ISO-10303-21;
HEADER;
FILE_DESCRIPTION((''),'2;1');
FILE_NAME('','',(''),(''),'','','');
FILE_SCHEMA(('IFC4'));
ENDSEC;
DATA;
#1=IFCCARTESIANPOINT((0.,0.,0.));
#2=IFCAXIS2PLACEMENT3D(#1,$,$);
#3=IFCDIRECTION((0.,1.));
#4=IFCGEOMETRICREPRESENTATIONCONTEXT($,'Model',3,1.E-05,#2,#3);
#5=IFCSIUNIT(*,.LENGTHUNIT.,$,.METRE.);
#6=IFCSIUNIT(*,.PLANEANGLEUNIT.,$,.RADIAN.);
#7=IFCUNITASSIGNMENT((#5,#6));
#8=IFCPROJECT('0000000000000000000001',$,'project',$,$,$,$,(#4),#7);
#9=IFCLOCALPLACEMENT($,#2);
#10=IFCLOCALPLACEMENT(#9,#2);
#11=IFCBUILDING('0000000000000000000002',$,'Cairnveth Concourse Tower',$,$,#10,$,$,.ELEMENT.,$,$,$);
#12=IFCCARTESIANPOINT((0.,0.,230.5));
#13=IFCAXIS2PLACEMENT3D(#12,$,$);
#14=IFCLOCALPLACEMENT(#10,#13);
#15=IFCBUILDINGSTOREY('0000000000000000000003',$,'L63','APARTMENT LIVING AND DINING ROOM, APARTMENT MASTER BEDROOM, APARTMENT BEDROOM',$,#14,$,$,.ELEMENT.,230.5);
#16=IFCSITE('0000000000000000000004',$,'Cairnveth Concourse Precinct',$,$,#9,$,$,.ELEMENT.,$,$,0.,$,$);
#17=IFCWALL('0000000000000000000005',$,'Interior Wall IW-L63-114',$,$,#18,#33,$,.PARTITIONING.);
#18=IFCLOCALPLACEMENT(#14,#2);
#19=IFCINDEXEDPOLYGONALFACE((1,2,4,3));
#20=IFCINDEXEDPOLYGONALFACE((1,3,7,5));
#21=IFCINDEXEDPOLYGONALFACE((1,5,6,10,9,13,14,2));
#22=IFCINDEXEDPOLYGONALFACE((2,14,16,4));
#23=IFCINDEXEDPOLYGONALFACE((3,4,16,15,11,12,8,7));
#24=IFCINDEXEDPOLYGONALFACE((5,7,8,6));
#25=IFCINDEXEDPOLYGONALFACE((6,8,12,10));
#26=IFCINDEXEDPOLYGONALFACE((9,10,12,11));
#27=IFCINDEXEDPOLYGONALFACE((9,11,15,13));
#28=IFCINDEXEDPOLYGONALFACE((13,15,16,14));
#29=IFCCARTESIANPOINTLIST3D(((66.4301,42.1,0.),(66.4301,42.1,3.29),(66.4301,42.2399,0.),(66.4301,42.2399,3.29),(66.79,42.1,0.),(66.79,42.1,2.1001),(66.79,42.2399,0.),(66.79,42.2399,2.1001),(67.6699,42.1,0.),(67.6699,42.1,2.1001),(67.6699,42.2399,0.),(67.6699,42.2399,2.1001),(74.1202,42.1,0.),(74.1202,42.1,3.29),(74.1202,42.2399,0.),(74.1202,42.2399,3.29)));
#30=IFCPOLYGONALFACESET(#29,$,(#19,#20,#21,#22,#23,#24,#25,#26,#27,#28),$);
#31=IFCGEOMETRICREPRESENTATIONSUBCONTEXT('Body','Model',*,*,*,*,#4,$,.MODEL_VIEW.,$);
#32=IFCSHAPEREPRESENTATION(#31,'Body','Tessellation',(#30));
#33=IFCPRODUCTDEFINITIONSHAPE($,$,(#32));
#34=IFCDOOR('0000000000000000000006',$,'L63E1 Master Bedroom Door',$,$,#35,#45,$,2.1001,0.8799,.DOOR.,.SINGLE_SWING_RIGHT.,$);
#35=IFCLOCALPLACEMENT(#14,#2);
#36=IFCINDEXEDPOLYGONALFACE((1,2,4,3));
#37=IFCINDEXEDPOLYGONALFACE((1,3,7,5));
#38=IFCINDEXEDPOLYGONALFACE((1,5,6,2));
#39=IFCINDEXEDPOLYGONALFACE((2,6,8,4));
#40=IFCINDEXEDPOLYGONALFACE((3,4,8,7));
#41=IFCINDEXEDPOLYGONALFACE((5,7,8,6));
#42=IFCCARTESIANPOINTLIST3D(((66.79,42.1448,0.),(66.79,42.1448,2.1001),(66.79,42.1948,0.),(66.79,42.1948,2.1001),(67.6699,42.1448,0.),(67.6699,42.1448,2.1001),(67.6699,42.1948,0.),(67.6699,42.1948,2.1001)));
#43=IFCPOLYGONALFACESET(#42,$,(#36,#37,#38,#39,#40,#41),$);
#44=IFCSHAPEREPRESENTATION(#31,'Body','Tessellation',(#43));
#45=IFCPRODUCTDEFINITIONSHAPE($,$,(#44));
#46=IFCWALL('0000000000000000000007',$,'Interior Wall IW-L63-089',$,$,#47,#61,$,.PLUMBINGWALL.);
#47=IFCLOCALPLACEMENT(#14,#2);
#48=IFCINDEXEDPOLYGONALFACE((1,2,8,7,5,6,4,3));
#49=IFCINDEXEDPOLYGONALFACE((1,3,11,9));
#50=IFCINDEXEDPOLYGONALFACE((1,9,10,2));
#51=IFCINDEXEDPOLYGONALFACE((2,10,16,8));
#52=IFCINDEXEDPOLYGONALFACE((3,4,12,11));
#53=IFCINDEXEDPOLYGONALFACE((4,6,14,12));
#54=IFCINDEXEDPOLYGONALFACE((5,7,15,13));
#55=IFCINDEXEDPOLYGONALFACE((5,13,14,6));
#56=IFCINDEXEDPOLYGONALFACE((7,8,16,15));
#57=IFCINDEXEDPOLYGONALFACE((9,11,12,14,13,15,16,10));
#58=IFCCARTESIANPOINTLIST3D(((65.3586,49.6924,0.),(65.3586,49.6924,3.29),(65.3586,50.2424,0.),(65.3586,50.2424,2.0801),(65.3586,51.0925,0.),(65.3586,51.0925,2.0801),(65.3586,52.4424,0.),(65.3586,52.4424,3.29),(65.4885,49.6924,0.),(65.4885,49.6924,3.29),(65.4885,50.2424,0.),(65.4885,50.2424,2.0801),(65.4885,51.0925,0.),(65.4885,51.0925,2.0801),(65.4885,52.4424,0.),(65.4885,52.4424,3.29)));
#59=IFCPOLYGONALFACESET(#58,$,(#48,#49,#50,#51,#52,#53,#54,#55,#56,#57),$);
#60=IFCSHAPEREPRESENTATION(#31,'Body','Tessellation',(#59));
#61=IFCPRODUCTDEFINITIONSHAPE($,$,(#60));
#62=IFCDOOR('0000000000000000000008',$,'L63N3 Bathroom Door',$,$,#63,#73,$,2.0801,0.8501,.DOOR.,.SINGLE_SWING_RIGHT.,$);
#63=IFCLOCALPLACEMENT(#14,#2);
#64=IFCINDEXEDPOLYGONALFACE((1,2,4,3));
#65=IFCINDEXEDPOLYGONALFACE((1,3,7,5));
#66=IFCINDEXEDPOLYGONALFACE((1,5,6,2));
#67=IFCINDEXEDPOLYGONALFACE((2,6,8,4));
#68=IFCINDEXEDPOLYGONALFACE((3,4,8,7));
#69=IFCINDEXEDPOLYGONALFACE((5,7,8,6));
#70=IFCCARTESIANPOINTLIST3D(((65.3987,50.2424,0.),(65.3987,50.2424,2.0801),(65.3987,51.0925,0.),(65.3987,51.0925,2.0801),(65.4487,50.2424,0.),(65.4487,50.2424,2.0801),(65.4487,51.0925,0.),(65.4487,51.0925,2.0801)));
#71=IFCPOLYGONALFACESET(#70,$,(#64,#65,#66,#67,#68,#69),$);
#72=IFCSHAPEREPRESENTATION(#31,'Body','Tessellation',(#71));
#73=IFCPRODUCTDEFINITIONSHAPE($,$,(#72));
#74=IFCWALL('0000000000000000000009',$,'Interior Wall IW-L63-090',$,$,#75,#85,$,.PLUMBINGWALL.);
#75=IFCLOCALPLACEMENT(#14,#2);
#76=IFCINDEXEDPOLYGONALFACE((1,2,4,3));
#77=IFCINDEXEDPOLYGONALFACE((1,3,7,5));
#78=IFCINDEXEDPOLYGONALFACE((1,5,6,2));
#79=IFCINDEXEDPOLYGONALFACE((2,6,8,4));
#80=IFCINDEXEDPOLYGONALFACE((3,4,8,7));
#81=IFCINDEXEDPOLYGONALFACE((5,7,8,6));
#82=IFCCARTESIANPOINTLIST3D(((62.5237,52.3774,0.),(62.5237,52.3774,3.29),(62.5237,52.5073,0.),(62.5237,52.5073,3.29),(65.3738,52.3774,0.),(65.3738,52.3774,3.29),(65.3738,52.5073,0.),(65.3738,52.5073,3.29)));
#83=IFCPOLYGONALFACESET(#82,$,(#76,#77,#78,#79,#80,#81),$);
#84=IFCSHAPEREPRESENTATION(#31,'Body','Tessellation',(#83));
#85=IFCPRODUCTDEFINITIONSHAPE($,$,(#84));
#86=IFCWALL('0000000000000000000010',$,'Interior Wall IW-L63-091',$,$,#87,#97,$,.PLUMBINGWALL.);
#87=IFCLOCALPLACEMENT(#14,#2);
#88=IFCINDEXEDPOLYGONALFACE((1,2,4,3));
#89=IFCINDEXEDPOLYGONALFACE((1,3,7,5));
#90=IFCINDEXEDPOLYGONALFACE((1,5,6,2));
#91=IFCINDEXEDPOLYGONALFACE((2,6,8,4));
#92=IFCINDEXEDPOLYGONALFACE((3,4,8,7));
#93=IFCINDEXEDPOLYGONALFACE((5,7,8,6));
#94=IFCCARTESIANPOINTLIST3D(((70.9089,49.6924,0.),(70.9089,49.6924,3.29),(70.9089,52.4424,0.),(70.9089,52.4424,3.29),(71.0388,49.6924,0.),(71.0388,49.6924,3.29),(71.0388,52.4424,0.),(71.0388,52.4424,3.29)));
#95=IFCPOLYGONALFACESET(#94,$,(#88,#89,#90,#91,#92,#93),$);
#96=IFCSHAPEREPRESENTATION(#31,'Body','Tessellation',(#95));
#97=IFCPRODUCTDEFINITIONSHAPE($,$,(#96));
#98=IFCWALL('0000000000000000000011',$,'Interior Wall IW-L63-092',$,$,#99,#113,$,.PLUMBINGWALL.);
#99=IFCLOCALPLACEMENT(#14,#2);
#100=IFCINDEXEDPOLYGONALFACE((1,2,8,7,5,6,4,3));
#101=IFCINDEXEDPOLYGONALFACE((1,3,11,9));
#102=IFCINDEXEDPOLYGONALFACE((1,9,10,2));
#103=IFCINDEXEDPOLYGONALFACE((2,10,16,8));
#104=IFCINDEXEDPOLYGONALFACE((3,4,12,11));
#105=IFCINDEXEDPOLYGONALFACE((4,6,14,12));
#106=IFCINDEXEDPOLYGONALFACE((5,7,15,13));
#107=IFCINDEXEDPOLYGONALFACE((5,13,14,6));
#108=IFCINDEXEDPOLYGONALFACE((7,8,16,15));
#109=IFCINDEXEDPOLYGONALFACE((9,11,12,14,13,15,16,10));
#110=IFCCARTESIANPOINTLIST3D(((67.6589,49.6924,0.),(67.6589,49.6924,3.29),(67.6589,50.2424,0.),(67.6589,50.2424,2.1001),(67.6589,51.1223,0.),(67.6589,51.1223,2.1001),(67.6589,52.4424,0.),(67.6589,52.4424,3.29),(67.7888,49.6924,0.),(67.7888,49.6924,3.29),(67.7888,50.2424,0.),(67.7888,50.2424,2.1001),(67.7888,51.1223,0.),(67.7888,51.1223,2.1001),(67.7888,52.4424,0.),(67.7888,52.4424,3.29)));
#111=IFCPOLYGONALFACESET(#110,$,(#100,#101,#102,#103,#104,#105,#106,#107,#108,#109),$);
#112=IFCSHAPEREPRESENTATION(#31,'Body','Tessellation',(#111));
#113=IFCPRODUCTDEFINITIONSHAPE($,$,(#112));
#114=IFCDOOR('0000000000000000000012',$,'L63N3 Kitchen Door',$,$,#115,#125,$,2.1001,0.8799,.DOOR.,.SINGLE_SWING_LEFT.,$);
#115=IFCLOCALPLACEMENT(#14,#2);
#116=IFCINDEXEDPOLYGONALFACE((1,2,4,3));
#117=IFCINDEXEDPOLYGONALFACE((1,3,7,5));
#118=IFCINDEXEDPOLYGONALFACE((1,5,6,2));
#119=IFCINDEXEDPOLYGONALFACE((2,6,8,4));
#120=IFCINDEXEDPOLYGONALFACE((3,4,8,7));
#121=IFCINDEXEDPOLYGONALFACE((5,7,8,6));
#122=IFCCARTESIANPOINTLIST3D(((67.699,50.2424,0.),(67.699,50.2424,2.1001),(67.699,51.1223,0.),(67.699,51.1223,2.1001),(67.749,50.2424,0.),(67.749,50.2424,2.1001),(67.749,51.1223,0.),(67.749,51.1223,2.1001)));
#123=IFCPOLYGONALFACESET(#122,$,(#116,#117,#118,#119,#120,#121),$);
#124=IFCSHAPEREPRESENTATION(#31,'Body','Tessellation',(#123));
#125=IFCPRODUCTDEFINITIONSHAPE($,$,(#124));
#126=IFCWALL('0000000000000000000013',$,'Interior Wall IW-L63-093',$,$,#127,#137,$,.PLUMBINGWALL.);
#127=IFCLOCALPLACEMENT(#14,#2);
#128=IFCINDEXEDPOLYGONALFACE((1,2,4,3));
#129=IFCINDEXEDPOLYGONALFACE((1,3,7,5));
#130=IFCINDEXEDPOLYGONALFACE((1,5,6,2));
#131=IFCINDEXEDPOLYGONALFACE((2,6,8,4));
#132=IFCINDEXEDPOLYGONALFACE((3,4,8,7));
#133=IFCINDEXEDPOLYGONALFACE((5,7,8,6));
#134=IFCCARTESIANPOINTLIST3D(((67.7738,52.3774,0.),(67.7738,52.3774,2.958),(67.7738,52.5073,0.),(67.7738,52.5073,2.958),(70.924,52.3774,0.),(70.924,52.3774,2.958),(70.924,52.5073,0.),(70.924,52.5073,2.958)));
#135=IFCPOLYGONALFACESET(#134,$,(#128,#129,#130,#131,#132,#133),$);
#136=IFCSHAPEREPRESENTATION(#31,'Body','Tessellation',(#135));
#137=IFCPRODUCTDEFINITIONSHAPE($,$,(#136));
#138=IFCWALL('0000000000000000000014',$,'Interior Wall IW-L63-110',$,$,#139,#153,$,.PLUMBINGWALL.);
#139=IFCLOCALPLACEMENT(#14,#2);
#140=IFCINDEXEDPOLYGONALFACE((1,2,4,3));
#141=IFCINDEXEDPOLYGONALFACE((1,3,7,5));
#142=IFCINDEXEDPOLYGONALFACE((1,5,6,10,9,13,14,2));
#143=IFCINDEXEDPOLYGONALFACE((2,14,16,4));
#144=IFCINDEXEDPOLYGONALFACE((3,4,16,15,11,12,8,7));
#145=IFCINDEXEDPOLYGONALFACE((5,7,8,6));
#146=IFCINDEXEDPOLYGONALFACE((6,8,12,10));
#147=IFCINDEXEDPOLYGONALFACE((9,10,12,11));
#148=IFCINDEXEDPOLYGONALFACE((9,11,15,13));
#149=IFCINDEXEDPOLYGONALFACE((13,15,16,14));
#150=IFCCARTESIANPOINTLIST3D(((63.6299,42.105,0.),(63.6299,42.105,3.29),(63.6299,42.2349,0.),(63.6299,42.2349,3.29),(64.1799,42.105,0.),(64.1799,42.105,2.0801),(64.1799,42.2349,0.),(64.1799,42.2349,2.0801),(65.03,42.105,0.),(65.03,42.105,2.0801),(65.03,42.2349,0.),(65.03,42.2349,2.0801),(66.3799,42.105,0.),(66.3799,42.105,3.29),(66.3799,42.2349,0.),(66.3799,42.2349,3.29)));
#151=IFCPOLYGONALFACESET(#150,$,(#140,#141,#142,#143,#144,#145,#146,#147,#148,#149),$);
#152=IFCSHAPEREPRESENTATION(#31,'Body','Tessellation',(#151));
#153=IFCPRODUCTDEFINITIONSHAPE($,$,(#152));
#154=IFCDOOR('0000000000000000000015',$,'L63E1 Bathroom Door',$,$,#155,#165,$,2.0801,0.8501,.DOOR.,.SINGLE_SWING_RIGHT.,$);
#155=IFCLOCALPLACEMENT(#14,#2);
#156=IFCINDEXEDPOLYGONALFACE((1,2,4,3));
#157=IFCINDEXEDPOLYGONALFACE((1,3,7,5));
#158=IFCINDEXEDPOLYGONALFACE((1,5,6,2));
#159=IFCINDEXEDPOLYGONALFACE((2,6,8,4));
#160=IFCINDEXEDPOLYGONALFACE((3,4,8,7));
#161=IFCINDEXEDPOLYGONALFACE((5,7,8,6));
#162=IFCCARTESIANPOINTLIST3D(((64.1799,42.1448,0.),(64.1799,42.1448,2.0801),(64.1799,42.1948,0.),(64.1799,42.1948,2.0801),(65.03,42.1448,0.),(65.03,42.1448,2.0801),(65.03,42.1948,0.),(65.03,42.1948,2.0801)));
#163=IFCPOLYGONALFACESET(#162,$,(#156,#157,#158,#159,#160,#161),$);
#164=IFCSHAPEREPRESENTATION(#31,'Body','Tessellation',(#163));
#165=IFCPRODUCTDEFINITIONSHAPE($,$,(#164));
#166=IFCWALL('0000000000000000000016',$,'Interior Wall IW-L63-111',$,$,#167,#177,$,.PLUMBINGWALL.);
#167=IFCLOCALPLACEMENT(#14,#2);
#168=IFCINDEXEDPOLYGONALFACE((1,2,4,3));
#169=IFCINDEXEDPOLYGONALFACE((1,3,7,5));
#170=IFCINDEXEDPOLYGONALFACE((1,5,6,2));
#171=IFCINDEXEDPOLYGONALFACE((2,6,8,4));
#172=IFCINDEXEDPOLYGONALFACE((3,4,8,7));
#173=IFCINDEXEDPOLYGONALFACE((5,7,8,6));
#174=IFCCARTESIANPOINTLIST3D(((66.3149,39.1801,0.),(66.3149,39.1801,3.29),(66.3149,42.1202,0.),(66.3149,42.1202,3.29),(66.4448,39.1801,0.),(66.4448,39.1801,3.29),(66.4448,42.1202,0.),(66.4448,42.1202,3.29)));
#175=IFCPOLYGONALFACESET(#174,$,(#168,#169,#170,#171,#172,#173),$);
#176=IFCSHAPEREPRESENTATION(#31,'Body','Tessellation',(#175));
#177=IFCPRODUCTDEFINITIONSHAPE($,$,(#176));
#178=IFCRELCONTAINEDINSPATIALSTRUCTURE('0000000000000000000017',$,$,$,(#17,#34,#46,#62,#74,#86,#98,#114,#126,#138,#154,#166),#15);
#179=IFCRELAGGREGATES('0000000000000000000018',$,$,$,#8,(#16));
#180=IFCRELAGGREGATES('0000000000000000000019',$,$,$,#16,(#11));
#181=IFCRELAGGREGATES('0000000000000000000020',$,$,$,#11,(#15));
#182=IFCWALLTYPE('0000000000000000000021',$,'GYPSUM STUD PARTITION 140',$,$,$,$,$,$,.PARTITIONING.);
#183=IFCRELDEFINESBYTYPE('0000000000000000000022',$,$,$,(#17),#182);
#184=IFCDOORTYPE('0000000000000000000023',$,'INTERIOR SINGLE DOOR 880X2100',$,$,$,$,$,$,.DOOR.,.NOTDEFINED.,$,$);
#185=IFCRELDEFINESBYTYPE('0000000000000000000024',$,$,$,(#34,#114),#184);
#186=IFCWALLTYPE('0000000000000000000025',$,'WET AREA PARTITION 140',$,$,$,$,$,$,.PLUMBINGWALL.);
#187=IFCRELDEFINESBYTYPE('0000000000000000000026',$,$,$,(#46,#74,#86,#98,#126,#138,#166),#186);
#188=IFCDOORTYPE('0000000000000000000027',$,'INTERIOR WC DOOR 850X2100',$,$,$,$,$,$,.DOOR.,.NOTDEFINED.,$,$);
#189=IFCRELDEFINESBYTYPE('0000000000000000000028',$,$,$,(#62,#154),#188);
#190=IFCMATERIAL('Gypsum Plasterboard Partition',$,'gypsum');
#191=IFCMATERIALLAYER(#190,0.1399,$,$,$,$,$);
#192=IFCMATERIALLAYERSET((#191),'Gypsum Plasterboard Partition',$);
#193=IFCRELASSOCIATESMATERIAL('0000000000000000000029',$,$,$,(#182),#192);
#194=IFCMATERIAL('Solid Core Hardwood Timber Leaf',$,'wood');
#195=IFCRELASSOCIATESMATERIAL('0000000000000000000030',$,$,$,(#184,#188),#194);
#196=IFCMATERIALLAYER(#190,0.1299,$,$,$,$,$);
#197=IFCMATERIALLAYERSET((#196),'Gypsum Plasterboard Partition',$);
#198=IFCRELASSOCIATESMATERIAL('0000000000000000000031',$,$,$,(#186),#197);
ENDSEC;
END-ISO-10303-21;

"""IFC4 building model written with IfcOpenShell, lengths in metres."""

from ifc_helpers import new_model, si_unit, direction, frame, frame_2d, origin, place, context, subcontext, project, spatial, rectangle, extrude, material, layer, layer_set, type_object, element, fill, save


model = new_model("IFC4")

# Units and contexts
model_context = context("Model", 3, precision=1e-05, world=origin(), true_north=direction((0.0, 1.0)))
body_context = subcontext(model_context, "Body", "Model", "MODEL_VIEW")
ifc_project = project(units=[si_unit("LENGTHUNIT", "METRE"), si_unit("PLANEANGLEUNIT", "RADIAN")], contexts=[model_context])

# Site, building, storey
site_placement = place(None, origin())
site = spatial("IfcSite", under=ifc_project, at=site_placement, Name="Cairnveth Concourse Precinct", CompositionType="ELEMENT", RefElevation=0.0)
building_placement = place(site_placement, origin())
building = spatial("IfcBuilding", under=site, at=building_placement, Name="Cairnveth Concourse Tower", CompositionType="ELEMENT")
storey_placement = place(building_placement, frame((0.0, 0.0, 230.5)))
storey = spatial("IfcBuildingStorey", under=building, at=storey_placement, Name="L63", Description="APARTMENT LIVING AND DINING ROOM, APARTMENT MASTER BEDROOM, APARTMENT BEDROOM", CompositionType="ELEMENT", Elevation=230.5)

# Shared definitions
ifc_material_1 = material(Name="Gypsum Plasterboard Partition", Category="gypsum")

# Walls, openings, doors
ifc_layer_1 = layer(ifc_material_1, 0.1399)
ifc_layer_set_1 = layer_set([ifc_layer_1], Name="Gypsum Plasterboard Partition")
wall_type_1 = type_object("IfcWallType", Name="GYPSUM STUD PARTITION 140", PredefinedType="PARTITIONING", material=ifc_layer_set_1)
ifc_material_2 = material(Name="Solid Core Hardwood Timber Leaf", Category="wood")
door_type_1 = type_object("IfcDoorType", Name="INTERIOR SINGLE DOOR 880X2100", OperationType="NOTDEFINED", PredefinedType="DOOR", material=ifc_material_2)
wall_1_placement = place(storey_placement, frame((66.4299, 42.1699, 0.0), z_axis=(0.0, 0.0, 1.0), x_axis=(1.0, 0.0, 0.0)))
wall_1 = element("IfcWall", 1, at=wall_1_placement, inside=storey, type_object=wall_type_1, Name="Interior Wall IW-L63-114", PredefinedType="PARTITIONING", context=body_context, shape_type="SweptSolid", body=[
    extrude(rectangle(XDim=7.6902, YDim=0.1399, at=frame_2d((3.8452, 0.0))), origin(), (0.0, 0.0, 1.0), 3.29),
])
opening_1_placement = place(wall_1_placement, frame((0.3601, 0.0, 0.0)))
opening_1 = element("IfcOpeningElement", 2, at=opening_1_placement, cuts=wall_1, PredefinedType="OPENING", context=body_context, shape_type="SweptSolid", body=[
    extrude(rectangle(XDim=0.8799, YDim=2.1001, at=frame_2d((0.4399, 1.05))), frame((0.0, 0.0798, 0.0), z_axis=(0.0, -1.0, 0.0), x_axis=(1.0, 0.0, 0.0)), (0.0, 0.0, 1.0), 0.1599),
])
door_1_placement = place(opening_1_placement, origin())
door_1 = element("IfcDoor", 3, at=door_1_placement, inside=storey, type_object=door_type_1, Name="L63E1 Master Bedroom Door", OperationType="SINGLE_SWING_RIGHT", OverallHeight=2.1001, OverallWidth=0.8799, PredefinedType="DOOR", context=body_context, shape_type="SweptSolid", body=[
    extrude(rectangle(XDim=0.8799, YDim=2.1001, at=frame_2d((0.4399, 1.05))), frame((0.0, 0.0249, 0.0), z_axis=(0.0, -1.0, 0.0), x_axis=(1.0, 0.0, 0.0)), (0.0, 0.0, 1.0), 0.05),
])
fill(opening_1, door_1)
ifc_layer_2 = layer(ifc_material_1, 0.1299)
ifc_layer_set_2 = layer_set([ifc_layer_2], Name="Gypsum Plasterboard Partition")
wall_type_2 = type_object("IfcWallType", Name="WET AREA PARTITION 140", PredefinedType="PLUMBINGWALL", material=ifc_layer_set_2)
wall_2_placement = place(storey_placement, frame((65.4236, 49.6924, 0.0), z_axis=(0.0, 0.0, 1.0), x_axis=(0.0, 1.0, 0.0)))
wall_2 = element("IfcWall", 4, at=wall_2_placement, inside=storey, type_object=wall_type_2, Name="Interior Wall IW-L63-089", PredefinedType="PLUMBINGWALL", context=body_context, shape_type="SweptSolid", body=[
    extrude(rectangle(XDim=2.75, YDim=0.1299, at=frame_2d((1.375, 0.0))), origin(), (0.0, 0.0, 1.0), 3.29),
])
opening_2_placement = place(wall_2_placement, frame((0.55, 0.0, 0.0)))
opening_2 = element("IfcOpeningElement", 5, at=opening_2_placement, cuts=wall_2, PredefinedType="OPENING", context=body_context, shape_type="SweptSolid", body=[
    extrude(rectangle(XDim=0.8501, YDim=2.0801, at=frame_2d((0.425, 1.04))), frame((0.0, 0.075, 0.0), z_axis=(0.0, -1.0, 0.0), x_axis=(1.0, 0.0, 0.0)), (0.0, 0.0, 1.0), 0.1499),
])
door_type_2 = type_object("IfcDoorType", Name="INTERIOR WC DOOR 850X2100", OperationType="NOTDEFINED", PredefinedType="DOOR", material=ifc_material_2)
door_2_placement = place(opening_2_placement, origin())
door_2 = element("IfcDoor", 6, at=door_2_placement, inside=storey, type_object=door_type_2, Name="L63N3 Bathroom Door", OperationType="SINGLE_SWING_RIGHT", OverallHeight=2.0801, OverallWidth=0.8501, PredefinedType="DOOR", context=body_context, shape_type="SweptSolid", body=[
    extrude(rectangle(XDim=0.8501, YDim=2.0801, at=frame_2d((0.425, 1.04))), frame((0.0, 0.0249, 0.0), z_axis=(0.0, -1.0, 0.0), x_axis=(1.0, 0.0, 0.0)), (0.0, 0.0, 1.0), 0.05),
])
fill(opening_2, door_2)

# Walls
wall_3_placement = place(storey_placement, frame((62.5237, 52.4424, 0.0), z_axis=(0.0, 0.0, 1.0), x_axis=(1.0, 0.0, 0.0)))
element("IfcWall", 7, at=wall_3_placement, inside=storey, type_object=wall_type_2, Name="Interior Wall IW-L63-090", PredefinedType="PLUMBINGWALL", context=body_context, shape_type="SweptSolid", body=[
    extrude(rectangle(XDim=2.8501, YDim=0.1299, at=frame_2d((1.425, 0.0))), origin(), (0.0, 0.0, 1.0), 3.29),
])
wall_4_placement = place(storey_placement, frame((70.9739, 49.6924, 0.0), z_axis=(0.0, 0.0, 1.0), x_axis=(0.0, 1.0, 0.0)))
element("IfcWall", 8, at=wall_4_placement, inside=storey, type_object=wall_type_2, Name="Interior Wall IW-L63-091", PredefinedType="PLUMBINGWALL", context=body_context, shape_type="SweptSolid", body=[
    extrude(rectangle(XDim=2.75, YDim=0.1299, at=frame_2d((1.375, 0.0))), origin(), (0.0, 0.0, 1.0), 3.29),
])

# Wall, opening, door
wall_5_placement = place(storey_placement, frame((67.7239, 49.6924, 0.0), z_axis=(0.0, 0.0, 1.0), x_axis=(0.0, 1.0, 0.0)))
wall_5 = element("IfcWall", 9, at=wall_5_placement, inside=storey, type_object=wall_type_2, Name="Interior Wall IW-L63-092", PredefinedType="PLUMBINGWALL", context=body_context, shape_type="SweptSolid", body=[
    extrude(rectangle(XDim=2.75, YDim=0.1299, at=frame_2d((1.375, 0.0))), origin(), (0.0, 0.0, 1.0), 3.29),
])
opening_3_placement = place(wall_5_placement, frame((0.55, 0.0, 0.0)))
opening_3 = element("IfcOpeningElement", 10, at=opening_3_placement, cuts=wall_5, PredefinedType="OPENING", context=body_context, shape_type="SweptSolid", body=[
    extrude(rectangle(XDim=0.8799, YDim=2.1001, at=frame_2d((0.4399, 1.05))), frame((0.0, 0.075, 0.0), z_axis=(0.0, -1.0, 0.0), x_axis=(1.0, 0.0, 0.0)), (0.0, 0.0, 1.0), 0.1499),
])
door_3_placement = place(opening_3_placement, origin())
door_3 = element("IfcDoor", 11, at=door_3_placement, inside=storey, type_object=door_type_1, Name="L63N3 Kitchen Door", OperationType="SINGLE_SWING_LEFT", OverallHeight=2.1001, OverallWidth=0.8799, PredefinedType="DOOR", context=body_context, shape_type="SweptSolid", body=[
    extrude(rectangle(XDim=0.8799, YDim=2.1001, at=frame_2d((0.4399, 1.05))), frame((0.0, 0.0249, 0.0), z_axis=(0.0, -1.0, 0.0), x_axis=(1.0, 0.0, 0.0)), (0.0, 0.0, 1.0), 0.05),
])
fill(opening_3, door_3)

# Wall
wall_6_placement = place(storey_placement, frame((67.7737, 52.4424, 0.0), z_axis=(0.0, 0.0, 1.0), x_axis=(1.0, 0.0, 0.0)))
element("IfcWall", 12, at=wall_6_placement, inside=storey, type_object=wall_type_2, Name="Interior Wall IW-L63-093", PredefinedType="PLUMBINGWALL", context=body_context, shape_type="SweptSolid", body=[
    extrude(rectangle(XDim=3.1501, YDim=0.1299, at=frame_2d((1.5752, 0.0))), origin(), (0.0, 0.0, 1.0), 2.958),
])

# Wall, opening, door
wall_7_placement = place(storey_placement, frame((63.6299, 42.1699, 0.0), z_axis=(0.0, 0.0, 1.0), x_axis=(1.0, 0.0, 0.0)))
wall_7 = element("IfcWall", 13, at=wall_7_placement, inside=storey, type_object=wall_type_2, Name="Interior Wall IW-L63-110", PredefinedType="PLUMBINGWALL", context=body_context, shape_type="SweptSolid", body=[
    extrude(rectangle(XDim=2.75, YDim=0.1299, at=frame_2d((1.375, 0.0))), origin(), (0.0, 0.0, 1.0), 3.29),
])
opening_4_placement = place(wall_7_placement, frame((0.55, 0.0, 0.0)))
opening_4 = element("IfcOpeningElement", 14, at=opening_4_placement, cuts=wall_7, PredefinedType="OPENING", context=body_context, shape_type="SweptSolid", body=[
    extrude(rectangle(XDim=0.8501, YDim=2.0801, at=frame_2d((0.425, 1.04))), frame((0.0, 0.075, 0.0), z_axis=(0.0, -1.0, 0.0), x_axis=(1.0, 0.0, 0.0)), (0.0, 0.0, 1.0), 0.1499),
])
door_4_placement = place(opening_4_placement, origin())
door_4 = element("IfcDoor", 15, at=door_4_placement, inside=storey, type_object=door_type_2, Name="L63E1 Bathroom Door", OperationType="SINGLE_SWING_RIGHT", OverallHeight=2.0801, OverallWidth=0.8501, PredefinedType="DOOR", context=body_context, shape_type="SweptSolid", body=[
    extrude(rectangle(XDim=0.8501, YDim=2.0801, at=frame_2d((0.425, 1.04))), frame((0.0, 0.0249, 0.0), z_axis=(0.0, -1.0, 0.0), x_axis=(1.0, 0.0, 0.0)), (0.0, 0.0, 1.0), 0.05),
])
fill(opening_4, door_4)

# Wall
wall_8_placement = place(storey_placement, frame((66.3799, 39.1799, 0.0), z_axis=(0.0, 0.0, 1.0), x_axis=(0.0, 1.0, 0.0)))
element("IfcWall", 16, at=wall_8_placement, inside=storey, type_object=wall_type_2, Name="Interior Wall IW-L63-111", PredefinedType="PLUMBINGWALL", context=body_context, shape_type="SweptSolid", body=[
    extrude(rectangle(XDim=2.9402, YDim=0.1299, at=frame_2d((1.4702, 0.0))), origin(), (0.0, 0.0, 1.0), 3.29),
])

save(model, "model.ifc")
